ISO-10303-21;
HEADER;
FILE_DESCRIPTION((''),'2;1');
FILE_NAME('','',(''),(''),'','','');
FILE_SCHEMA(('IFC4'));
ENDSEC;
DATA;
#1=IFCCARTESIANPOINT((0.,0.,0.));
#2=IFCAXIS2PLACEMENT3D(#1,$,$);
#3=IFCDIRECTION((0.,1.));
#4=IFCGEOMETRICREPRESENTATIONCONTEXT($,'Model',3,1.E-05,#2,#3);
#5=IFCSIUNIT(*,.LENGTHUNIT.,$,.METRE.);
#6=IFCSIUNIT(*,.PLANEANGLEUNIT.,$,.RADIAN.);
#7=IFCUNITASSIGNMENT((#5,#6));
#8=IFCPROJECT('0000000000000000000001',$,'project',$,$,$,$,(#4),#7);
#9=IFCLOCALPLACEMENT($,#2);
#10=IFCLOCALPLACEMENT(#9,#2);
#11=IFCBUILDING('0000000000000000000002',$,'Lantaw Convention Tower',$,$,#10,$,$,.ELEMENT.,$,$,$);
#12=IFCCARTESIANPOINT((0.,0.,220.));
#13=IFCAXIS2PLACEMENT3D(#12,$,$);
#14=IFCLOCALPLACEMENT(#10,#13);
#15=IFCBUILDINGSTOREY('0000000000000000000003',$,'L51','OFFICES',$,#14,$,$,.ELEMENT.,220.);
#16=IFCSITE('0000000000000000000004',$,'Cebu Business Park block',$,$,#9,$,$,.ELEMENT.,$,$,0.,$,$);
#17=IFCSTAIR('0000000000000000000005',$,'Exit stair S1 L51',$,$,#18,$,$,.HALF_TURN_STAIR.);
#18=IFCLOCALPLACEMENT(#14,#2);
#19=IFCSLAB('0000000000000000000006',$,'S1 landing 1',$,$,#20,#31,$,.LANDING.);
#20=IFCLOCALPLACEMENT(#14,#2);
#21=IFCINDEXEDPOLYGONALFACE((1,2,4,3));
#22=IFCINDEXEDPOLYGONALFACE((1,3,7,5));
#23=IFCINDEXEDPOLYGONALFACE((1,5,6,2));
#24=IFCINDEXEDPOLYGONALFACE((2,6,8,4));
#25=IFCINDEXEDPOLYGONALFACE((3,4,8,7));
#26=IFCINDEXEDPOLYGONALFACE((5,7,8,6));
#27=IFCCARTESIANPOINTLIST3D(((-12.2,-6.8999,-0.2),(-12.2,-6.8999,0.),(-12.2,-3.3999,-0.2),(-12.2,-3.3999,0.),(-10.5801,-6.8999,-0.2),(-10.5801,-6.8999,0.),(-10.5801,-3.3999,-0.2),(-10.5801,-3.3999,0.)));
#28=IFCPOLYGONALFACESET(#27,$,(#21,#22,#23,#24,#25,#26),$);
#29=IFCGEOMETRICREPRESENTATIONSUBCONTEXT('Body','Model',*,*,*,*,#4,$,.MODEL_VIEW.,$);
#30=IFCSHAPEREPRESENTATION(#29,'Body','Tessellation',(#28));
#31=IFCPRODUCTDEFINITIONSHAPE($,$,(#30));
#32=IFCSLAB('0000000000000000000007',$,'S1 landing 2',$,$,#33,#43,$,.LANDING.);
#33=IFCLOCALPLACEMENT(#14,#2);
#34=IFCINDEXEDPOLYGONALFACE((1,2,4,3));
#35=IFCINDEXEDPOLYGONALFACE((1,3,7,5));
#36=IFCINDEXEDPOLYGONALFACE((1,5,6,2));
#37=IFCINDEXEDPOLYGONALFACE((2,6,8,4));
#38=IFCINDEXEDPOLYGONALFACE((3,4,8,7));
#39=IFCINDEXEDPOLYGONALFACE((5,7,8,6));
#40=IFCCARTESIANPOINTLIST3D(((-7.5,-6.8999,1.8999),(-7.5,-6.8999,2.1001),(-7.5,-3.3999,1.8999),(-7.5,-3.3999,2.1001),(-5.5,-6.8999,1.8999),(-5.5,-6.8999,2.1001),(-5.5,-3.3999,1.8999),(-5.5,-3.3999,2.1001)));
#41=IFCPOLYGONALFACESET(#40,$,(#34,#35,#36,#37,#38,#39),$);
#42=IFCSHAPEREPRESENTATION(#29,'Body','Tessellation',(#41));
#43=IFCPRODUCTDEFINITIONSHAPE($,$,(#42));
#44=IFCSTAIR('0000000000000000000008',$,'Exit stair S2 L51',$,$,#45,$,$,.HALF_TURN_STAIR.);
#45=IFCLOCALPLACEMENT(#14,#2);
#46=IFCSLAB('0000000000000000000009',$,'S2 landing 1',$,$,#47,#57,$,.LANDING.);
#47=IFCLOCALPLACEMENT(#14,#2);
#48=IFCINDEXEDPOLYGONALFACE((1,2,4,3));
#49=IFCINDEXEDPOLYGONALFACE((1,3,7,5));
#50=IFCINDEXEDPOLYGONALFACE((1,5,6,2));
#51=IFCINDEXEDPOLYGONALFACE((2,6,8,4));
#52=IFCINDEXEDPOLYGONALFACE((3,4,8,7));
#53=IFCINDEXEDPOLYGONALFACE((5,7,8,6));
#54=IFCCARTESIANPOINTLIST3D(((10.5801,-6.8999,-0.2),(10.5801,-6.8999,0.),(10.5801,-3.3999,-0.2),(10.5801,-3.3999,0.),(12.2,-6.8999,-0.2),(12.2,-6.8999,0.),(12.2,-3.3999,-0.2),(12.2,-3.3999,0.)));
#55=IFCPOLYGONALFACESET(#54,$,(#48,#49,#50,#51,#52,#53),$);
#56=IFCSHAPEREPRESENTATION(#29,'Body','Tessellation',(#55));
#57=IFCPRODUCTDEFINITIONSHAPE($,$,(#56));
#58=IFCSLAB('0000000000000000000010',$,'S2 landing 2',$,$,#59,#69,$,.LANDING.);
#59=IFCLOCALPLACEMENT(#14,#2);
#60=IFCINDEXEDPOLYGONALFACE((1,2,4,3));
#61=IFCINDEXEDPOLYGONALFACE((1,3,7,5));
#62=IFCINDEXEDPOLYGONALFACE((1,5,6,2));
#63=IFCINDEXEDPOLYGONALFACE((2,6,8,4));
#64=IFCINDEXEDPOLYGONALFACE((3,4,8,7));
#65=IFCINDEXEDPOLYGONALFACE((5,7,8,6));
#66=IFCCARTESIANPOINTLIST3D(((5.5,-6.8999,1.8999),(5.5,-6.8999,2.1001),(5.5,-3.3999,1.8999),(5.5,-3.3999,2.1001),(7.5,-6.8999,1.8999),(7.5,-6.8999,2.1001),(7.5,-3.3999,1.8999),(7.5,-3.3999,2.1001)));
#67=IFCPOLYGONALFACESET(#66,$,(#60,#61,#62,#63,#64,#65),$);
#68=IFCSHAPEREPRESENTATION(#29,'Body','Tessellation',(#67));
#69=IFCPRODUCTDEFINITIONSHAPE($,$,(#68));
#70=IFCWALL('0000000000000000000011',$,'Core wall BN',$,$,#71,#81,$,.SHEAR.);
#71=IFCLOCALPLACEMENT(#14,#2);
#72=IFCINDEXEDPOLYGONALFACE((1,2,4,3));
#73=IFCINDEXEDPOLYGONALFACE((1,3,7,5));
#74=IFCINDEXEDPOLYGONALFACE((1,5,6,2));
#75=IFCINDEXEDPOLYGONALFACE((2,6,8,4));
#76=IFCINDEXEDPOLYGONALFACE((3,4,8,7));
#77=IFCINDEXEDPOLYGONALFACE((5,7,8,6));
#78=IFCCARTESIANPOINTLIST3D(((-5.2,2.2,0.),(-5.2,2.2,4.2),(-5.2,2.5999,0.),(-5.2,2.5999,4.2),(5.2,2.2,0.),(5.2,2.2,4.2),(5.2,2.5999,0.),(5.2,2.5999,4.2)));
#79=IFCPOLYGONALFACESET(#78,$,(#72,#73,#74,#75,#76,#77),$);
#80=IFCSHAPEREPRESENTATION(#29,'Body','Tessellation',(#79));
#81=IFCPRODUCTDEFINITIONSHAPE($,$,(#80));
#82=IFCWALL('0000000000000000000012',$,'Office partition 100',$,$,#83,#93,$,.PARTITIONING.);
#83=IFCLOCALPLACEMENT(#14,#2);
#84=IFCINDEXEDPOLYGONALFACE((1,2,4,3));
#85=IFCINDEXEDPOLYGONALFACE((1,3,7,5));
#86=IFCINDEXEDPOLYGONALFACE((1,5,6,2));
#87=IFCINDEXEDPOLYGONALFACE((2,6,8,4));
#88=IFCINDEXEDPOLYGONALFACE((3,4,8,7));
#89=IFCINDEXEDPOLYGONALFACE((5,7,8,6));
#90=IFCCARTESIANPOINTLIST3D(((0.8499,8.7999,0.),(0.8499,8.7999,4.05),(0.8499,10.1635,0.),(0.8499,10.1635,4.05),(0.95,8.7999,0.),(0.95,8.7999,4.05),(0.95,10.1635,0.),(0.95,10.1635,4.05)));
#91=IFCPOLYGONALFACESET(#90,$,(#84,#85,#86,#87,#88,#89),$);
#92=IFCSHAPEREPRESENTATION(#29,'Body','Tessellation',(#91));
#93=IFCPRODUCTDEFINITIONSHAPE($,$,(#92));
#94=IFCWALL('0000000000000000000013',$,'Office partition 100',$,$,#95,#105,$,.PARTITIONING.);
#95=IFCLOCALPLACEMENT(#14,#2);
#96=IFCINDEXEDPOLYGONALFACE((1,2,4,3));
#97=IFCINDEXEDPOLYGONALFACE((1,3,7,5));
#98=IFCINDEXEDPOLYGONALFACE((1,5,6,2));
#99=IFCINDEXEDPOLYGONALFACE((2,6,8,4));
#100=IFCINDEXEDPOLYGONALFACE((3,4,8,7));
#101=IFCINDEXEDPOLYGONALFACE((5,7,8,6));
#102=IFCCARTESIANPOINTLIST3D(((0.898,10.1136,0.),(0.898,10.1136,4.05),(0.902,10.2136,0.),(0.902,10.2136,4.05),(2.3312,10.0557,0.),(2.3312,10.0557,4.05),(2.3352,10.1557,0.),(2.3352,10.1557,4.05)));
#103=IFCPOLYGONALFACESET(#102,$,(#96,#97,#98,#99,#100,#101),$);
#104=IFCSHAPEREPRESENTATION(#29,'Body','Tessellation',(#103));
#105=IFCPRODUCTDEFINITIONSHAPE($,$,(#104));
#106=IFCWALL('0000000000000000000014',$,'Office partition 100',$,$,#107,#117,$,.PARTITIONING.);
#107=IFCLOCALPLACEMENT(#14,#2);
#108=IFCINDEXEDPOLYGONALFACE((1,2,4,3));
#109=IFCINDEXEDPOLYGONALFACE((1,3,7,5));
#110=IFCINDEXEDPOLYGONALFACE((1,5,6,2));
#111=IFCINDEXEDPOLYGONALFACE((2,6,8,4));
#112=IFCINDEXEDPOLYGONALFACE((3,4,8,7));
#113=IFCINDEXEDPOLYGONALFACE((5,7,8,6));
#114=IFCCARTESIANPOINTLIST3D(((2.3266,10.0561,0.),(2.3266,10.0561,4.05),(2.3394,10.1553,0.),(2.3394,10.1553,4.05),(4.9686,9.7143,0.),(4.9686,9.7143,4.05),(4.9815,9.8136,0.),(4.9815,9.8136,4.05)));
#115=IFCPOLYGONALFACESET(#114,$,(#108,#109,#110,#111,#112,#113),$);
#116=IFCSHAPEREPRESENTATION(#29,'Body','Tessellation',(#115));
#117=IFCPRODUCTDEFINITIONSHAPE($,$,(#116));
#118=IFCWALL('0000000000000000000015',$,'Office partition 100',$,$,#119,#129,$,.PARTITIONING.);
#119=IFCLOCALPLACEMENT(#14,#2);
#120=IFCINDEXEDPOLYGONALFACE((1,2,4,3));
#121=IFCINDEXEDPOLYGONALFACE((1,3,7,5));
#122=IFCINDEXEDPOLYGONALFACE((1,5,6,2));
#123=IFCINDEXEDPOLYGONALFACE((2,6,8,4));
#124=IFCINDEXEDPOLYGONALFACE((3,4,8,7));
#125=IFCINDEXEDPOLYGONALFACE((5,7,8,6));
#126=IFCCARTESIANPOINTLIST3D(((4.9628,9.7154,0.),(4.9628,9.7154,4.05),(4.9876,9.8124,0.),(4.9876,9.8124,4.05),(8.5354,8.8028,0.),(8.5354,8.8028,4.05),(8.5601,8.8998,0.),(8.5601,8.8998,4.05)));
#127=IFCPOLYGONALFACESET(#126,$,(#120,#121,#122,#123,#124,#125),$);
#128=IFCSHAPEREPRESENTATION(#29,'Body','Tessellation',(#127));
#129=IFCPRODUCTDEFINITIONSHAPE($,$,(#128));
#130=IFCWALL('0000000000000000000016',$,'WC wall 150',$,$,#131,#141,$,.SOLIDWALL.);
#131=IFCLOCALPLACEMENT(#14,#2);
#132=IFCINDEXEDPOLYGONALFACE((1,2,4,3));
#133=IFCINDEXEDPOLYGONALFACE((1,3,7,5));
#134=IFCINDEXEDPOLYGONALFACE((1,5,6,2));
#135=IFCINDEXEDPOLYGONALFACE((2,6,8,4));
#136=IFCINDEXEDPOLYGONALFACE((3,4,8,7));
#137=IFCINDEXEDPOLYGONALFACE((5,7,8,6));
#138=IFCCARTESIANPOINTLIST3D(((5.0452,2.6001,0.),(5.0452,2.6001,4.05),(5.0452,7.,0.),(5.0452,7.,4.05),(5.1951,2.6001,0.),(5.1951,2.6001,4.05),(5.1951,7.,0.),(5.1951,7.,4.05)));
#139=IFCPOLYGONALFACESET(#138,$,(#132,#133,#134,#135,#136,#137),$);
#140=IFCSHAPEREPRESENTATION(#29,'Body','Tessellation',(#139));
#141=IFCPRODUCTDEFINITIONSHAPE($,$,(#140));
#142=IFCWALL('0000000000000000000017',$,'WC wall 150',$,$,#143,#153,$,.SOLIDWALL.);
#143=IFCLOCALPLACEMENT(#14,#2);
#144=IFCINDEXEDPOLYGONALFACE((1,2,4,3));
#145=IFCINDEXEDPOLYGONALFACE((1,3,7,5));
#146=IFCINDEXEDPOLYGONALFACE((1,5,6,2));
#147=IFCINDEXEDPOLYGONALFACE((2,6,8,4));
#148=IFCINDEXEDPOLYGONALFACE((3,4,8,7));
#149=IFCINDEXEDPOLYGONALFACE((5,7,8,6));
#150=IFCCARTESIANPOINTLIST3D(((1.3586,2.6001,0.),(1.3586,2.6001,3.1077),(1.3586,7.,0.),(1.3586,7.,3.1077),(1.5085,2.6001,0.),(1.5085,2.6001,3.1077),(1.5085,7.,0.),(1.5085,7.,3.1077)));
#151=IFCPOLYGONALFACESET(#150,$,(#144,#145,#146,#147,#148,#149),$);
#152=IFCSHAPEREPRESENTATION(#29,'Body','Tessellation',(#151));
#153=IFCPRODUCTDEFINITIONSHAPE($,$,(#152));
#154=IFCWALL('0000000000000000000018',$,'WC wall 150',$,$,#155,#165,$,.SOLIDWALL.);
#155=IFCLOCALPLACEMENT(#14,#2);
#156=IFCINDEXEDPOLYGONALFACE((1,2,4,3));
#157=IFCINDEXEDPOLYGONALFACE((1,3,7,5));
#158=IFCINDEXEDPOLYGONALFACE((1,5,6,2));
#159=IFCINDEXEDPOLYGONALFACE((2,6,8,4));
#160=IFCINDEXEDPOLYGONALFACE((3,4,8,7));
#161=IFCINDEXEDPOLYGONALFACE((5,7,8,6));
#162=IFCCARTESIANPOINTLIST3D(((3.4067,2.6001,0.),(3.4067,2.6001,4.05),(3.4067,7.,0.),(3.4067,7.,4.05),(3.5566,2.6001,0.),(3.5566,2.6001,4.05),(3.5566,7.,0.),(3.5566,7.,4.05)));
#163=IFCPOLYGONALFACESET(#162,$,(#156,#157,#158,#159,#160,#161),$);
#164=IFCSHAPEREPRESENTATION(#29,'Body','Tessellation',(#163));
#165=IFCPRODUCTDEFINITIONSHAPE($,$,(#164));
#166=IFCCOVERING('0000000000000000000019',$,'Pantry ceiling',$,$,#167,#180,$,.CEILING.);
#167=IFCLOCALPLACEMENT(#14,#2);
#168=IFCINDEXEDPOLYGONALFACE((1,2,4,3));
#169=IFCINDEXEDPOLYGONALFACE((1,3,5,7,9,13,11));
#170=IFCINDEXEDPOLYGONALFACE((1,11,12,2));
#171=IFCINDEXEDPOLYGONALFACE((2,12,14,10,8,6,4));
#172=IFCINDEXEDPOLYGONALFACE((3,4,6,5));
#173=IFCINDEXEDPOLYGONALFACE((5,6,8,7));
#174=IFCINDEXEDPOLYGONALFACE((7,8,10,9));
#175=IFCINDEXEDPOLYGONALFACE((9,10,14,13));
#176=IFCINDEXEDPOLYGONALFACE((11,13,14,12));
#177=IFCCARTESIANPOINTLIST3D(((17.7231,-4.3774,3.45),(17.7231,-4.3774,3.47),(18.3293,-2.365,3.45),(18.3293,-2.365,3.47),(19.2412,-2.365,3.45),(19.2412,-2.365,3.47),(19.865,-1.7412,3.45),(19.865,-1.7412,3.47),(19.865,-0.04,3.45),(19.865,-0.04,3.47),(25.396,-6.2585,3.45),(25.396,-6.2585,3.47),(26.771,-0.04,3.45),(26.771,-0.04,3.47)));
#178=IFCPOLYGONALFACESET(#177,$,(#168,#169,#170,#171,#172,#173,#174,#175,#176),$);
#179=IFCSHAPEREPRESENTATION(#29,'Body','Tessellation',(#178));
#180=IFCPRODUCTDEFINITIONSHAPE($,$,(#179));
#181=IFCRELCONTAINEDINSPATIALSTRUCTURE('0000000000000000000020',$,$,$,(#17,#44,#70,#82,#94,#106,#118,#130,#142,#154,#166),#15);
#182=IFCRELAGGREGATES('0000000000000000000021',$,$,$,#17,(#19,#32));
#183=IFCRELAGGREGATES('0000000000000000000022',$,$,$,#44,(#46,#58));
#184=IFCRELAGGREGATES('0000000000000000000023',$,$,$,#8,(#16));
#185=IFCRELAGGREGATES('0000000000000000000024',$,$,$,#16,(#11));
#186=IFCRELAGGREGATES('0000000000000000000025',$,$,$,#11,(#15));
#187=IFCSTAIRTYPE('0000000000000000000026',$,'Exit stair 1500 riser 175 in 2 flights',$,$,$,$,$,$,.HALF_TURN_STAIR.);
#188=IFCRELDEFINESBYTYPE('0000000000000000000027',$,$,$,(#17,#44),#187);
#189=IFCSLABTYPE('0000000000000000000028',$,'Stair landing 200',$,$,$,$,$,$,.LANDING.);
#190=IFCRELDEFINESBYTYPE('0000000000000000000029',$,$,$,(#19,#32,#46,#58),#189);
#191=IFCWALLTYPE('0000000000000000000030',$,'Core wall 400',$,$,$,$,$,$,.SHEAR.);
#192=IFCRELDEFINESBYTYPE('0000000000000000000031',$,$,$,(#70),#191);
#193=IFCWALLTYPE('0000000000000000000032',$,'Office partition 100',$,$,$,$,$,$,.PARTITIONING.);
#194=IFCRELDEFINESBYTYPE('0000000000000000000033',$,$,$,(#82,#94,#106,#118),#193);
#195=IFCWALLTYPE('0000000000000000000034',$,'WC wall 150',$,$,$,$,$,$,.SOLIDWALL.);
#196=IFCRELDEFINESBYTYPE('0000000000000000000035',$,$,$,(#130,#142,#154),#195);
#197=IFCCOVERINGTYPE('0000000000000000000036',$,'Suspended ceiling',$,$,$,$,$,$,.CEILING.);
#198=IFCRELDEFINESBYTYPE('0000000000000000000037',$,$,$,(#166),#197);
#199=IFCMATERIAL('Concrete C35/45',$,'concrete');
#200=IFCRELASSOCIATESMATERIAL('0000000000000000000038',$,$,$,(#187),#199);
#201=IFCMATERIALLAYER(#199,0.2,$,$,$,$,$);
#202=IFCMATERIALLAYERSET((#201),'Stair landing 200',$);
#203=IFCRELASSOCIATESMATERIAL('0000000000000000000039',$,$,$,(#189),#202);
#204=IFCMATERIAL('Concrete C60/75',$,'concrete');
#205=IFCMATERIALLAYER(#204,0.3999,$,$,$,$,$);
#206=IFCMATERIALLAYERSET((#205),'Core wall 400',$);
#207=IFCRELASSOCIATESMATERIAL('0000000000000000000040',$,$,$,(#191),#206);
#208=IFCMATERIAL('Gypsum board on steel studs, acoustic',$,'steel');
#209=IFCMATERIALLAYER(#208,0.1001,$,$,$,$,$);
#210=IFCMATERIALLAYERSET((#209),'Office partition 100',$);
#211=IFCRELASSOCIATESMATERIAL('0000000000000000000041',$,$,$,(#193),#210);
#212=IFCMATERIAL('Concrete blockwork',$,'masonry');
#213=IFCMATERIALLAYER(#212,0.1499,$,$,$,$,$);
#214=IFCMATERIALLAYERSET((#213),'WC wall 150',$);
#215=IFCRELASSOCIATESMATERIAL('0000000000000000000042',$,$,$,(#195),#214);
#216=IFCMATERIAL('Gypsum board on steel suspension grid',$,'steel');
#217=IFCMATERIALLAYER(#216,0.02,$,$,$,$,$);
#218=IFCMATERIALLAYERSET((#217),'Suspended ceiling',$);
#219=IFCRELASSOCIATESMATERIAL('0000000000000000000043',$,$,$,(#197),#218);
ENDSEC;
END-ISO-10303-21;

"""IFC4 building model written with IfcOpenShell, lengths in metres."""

from ifc_helpers import new_model, si_unit, direction, frame, frame_2d, origin, place, context, subcontext, project, spatial, polyline, rectangle, outline, extrude, material, layer, layer_set, type_object, element, aggregate, save


model = new_model("IFC4")

# Units and contexts
model_context = context("Model", 3, precision=1e-05, world=origin(), true_north=direction((0.0, 1.0)))
body_context = subcontext(model_context, "Body", "Model", "MODEL_VIEW")
ifc_project = project(units=[si_unit("LENGTHUNIT", "METRE"), si_unit("PLANEANGLEUNIT", "RADIAN")], contexts=[model_context])

# Site, building, storey
site_placement = place(None, origin())
site = spatial("IfcSite", under=ifc_project, at=site_placement, Name="Cebu Business Park block", CompositionType="ELEMENT", RefElevation=0.0)
building_placement = place(site_placement, origin())
building = spatial("IfcBuilding", under=site, at=building_placement, Name="Lantaw Convention Tower", CompositionType="ELEMENT")
storey_placement = place(building_placement, frame((0.0, 0.0, 220.0)))
storey = spatial("IfcBuildingStorey", under=building, at=storey_placement, Name="L51", Description="OFFICES", CompositionType="ELEMENT", Elevation=220.0)

# Stairs, slabs
ifc_material_1 = material(Name="Concrete C35/45", Category="concrete")
stair_type = type_object("IfcStairType", Name="Exit stair 1500 riser 175 in 2 flights", PredefinedType="HALF_TURN_STAIR", material=ifc_material_1)
stair_1_placement = place(storey_placement, origin())
stair_1 = element("IfcStair", 1, at=stair_1_placement, inside=storey, type_object=stair_type, Name="Exit stair S1 L51", PredefinedType="HALF_TURN_STAIR")
ifc_layer_1 = layer(ifc_material_1, 0.2)
ifc_layer_set_1 = layer_set([ifc_layer_1], Name="Stair landing 200")
slab_type = type_object("IfcSlabType", Name="Stair landing 200", PredefinedType="LANDING", material=ifc_layer_set_1)
slab_1_placement = place(storey_placement, frame((0.0, 0.0, -0.2)))
slab_1 = element("IfcSlab", 2, at=slab_1_placement, type_object=slab_type, Name="S1 landing 1", PredefinedType="LANDING", context=body_context, shape_type="SweptSolid", body=[
    extrude(outline(polyline([(-12.2, -6.8999), (-10.5801, -6.8999), (-10.5801, -3.3999), (-12.2, -3.3999), (-12.2, -6.8999)])), origin(), (0.0, 0.0, 1.0), 0.2),
])
slab_2_placement = place(storey_placement, frame((0.0, 0.0, 1.8999)))
slab_2 = element("IfcSlab", 3, at=slab_2_placement, type_object=slab_type, Name="S1 landing 2", PredefinedType="LANDING", context=body_context, shape_type="SweptSolid", body=[
    extrude(outline(polyline([(-7.5, -6.8999), (-5.5, -6.8999), (-5.5, -3.3999), (-7.5, -3.3999), (-7.5, -6.8999)])), origin(), (0.0, 0.0, 1.0), 0.2002),
])
aggregate(stair_1, [slab_1, slab_2])
stair_2_placement = place(storey_placement, origin())
stair_2 = element("IfcStair", 4, at=stair_2_placement, inside=storey, type_object=stair_type, Name="Exit stair S2 L51", PredefinedType="HALF_TURN_STAIR")
slab_3_placement = place(storey_placement, frame((0.0, 0.0, -0.2)))
slab_3 = element("IfcSlab", 5, at=slab_3_placement, type_object=slab_type, Name="S2 landing 1", PredefinedType="LANDING", context=body_context, shape_type="SweptSolid", body=[
    extrude(outline(polyline([(10.5801, -6.8999), (12.2, -6.8999), (12.2, -3.3999), (10.5801, -3.3999), (10.5801, -6.8999)])), origin(), (0.0, 0.0, 1.0), 0.2),
])
slab_4_placement = place(storey_placement, frame((0.0, 0.0, 1.8999)))
slab_4 = element("IfcSlab", 6, at=slab_4_placement, type_object=slab_type, Name="S2 landing 2", PredefinedType="LANDING", context=body_context, shape_type="SweptSolid", body=[
    extrude(outline(polyline([(5.5, -6.8999), (7.5, -6.8999), (7.5, -3.3999), (5.5, -3.3999), (5.5, -6.8999)])), origin(), (0.0, 0.0, 1.0), 0.2002),
])
aggregate(stair_2, [slab_3, slab_4])

# Walls
ifc_material_2 = material(Name="Concrete C60/75", Category="concrete")
ifc_layer_2 = layer(ifc_material_2, 0.3999)
ifc_layer_set_2 = layer_set([ifc_layer_2], Name="Core wall 400")
wall_type_1 = type_object("IfcWallType", Name="Core wall 400", PredefinedType="SHEAR", material=ifc_layer_set_2)
wall_1_placement = place(storey_placement, frame((5.2, 2.3999, 0.0), z_axis=(0.0, 0.0, 1.0), x_axis=(-1.0, 0.0, 0.0)))
element("IfcWall", 7, at=wall_1_placement, inside=storey, type_object=wall_type_1, Name="Core wall BN", PredefinedType="SHEAR", context=body_context, shape_type="SweptSolid", body=[
    extrude(rectangle(XDim=10.3999, YDim=0.3999, at=frame_2d((5.2, 0.0))), origin(), (0.0, 0.0, 1.0), 4.2),
])
ifc_material_3 = material(Name="Gypsum board on steel studs, acoustic", Category="steel")
ifc_layer_3 = layer(ifc_material_3, 0.1001)
ifc_layer_set_3 = layer_set([ifc_layer_3], Name="Office partition 100")
wall_type_2 = type_object("IfcWallType", Name="Office partition 100", PredefinedType="PARTITIONING", material=ifc_layer_set_3)
wall_2_placement = place(storey_placement, frame((0.8999, 8.8, 0.0), z_axis=(0.0, 0.0, 1.0), x_axis=(0.0, 1.0, 0.0)))
element("IfcWall", 8, at=wall_2_placement, inside=storey, type_object=wall_type_2, Name="Office partition 100", PredefinedType="PARTITIONING", context=body_context, shape_type="SweptSolid", body=[
    extrude(rectangle(XDim=1.3635, YDim=0.1001, at=frame_2d((0.6816, 0.0))), origin(), (0.0, 0.0, 1.0), 4.05),
])
wall_3_placement = place(storey_placement, frame((0.8999, 10.1636, 0.0), z_axis=(0.0, 0.0, 1.0), x_axis=(0.999186, -0.040342, 0.0)))
element("IfcWall", 9, at=wall_3_placement, inside=storey, type_object=wall_type_2, Name="Office partition 100", PredefinedType="PARTITIONING", context=body_context, shape_type="SweptSolid", body=[
    extrude(rectangle(XDim=1.4343, YDim=0.1001, at=frame_2d((0.7173, 0.0))), origin(), (0.0, 0.0, 1.0), 4.05),
])
wall_4_placement = place(storey_placement, frame((2.333, 10.1057, 0.0), z_axis=(0.0, 0.0, 1.0), x_axis=(0.991736, -0.128297, 0.0)))
element("IfcWall", 10, at=wall_4_placement, inside=storey, type_object=wall_type_2, Name="Office partition 100", PredefinedType="PARTITIONING", context=body_context, shape_type="SweptSolid", body=[
    extrude(rectangle(XDim=2.6641, YDim=0.1001, at=frame_2d((1.332, 0.0))), origin(), (0.0, 0.0, 1.0), 4.05),
])
wall_5_placement = place(storey_placement, frame((4.9751, 9.7639, 0.0), z_axis=(0.0, 0.0, 1.0), x_axis=(0.968887, -0.247502, 0.0)))
element("IfcWall", 11, at=wall_5_placement, inside=storey, type_object=wall_type_2, Name="Office partition 100", PredefinedType="PARTITIONING", context=body_context, shape_type="SweptSolid", body=[
    extrude(rectangle(XDim=3.6873, YDim=0.1001, at=frame_2d((1.8438, 0.0))), origin(), (0.0, 0.0, 1.0), 4.05),
])
ifc_material_4 = material(Name="Concrete blockwork", Category="masonry")
ifc_layer_4 = layer(ifc_material_4, 0.1499)
ifc_layer_set_4 = layer_set([ifc_layer_4], Name="WC wall 150")
wall_type_3 = type_object("IfcWallType", Name="WC wall 150", PredefinedType="SOLIDWALL", material=ifc_layer_set_4)
wall_6_placement = place(storey_placement, frame((5.1201, 2.6001, 0.0), z_axis=(0.0, 0.0, 1.0), x_axis=(0.0, 1.0, 0.0)))
element("IfcWall", 12, at=wall_6_placement, inside=storey, type_object=wall_type_3, Name="WC wall 150", PredefinedType="SOLIDWALL", context=body_context, shape_type="SweptSolid", body=[
    extrude(rectangle(XDim=4.3999, YDim=0.1499, at=frame_2d((2.2, 0.0))), origin(), (0.0, 0.0, 1.0), 4.05),
])
wall_7_placement = place(storey_placement, frame((1.4336, 2.6001, 0.0), z_axis=(0.0, 0.0, 1.0), x_axis=(0.0, 1.0, 0.0)))
element("IfcWall", 13, at=wall_7_placement, inside=storey, type_object=wall_type_3, Name="WC wall 150", PredefinedType="SOLIDWALL", context=body_context, shape_type="SweptSolid", body=[
    extrude(rectangle(XDim=4.3999, YDim=0.1499, at=frame_2d((2.2, 0.0))), origin(), (0.0, 0.0, 1.0), 3.1077),
])
wall_8_placement = place(storey_placement, frame((3.4817, 2.6001, 0.0), z_axis=(0.0, 0.0, 1.0), x_axis=(0.0, 1.0, 0.0)))
element("IfcWall", 14, at=wall_8_placement, inside=storey, type_object=wall_type_3, Name="WC wall 150", PredefinedType="SOLIDWALL", context=body_context, shape_type="SweptSolid", body=[
    extrude(rectangle(XDim=4.3999, YDim=0.1499, at=frame_2d((2.2, 0.0))), origin(), (0.0, 0.0, 1.0), 4.05),
])

# Covering
ifc_material_5 = material(Name="Gypsum board on steel suspension grid", Category="steel")
ifc_layer_5 = layer(ifc_material_5, 0.02)
ifc_layer_set_5 = layer_set([ifc_layer_5], Name="Suspended ceiling")
covering_type = type_object("IfcCoveringType", Name="Suspended ceiling", PredefinedType="CEILING", material=ifc_layer_set_5)
covering_placement = place(storey_placement, frame((0.0, 0.0, 3.45)))
element("IfcCovering", 15, at=covering_placement, inside=storey, type_object=covering_type, Name="Pantry ceiling", PredefinedType="CEILING", context=body_context, shape_type="SweptSolid", body=[
    extrude(outline(polyline([(18.3293, -2.365), (17.7231, -4.3774), (25.396, -6.2585), (26.771, -0.04), (19.865, -0.04), (19.865, -1.7412), (19.2412, -2.365), (18.3293, -2.365)])), origin(), (0.0, 0.0, 1.0), 0.02),
])

save(model, "model.ifc")
